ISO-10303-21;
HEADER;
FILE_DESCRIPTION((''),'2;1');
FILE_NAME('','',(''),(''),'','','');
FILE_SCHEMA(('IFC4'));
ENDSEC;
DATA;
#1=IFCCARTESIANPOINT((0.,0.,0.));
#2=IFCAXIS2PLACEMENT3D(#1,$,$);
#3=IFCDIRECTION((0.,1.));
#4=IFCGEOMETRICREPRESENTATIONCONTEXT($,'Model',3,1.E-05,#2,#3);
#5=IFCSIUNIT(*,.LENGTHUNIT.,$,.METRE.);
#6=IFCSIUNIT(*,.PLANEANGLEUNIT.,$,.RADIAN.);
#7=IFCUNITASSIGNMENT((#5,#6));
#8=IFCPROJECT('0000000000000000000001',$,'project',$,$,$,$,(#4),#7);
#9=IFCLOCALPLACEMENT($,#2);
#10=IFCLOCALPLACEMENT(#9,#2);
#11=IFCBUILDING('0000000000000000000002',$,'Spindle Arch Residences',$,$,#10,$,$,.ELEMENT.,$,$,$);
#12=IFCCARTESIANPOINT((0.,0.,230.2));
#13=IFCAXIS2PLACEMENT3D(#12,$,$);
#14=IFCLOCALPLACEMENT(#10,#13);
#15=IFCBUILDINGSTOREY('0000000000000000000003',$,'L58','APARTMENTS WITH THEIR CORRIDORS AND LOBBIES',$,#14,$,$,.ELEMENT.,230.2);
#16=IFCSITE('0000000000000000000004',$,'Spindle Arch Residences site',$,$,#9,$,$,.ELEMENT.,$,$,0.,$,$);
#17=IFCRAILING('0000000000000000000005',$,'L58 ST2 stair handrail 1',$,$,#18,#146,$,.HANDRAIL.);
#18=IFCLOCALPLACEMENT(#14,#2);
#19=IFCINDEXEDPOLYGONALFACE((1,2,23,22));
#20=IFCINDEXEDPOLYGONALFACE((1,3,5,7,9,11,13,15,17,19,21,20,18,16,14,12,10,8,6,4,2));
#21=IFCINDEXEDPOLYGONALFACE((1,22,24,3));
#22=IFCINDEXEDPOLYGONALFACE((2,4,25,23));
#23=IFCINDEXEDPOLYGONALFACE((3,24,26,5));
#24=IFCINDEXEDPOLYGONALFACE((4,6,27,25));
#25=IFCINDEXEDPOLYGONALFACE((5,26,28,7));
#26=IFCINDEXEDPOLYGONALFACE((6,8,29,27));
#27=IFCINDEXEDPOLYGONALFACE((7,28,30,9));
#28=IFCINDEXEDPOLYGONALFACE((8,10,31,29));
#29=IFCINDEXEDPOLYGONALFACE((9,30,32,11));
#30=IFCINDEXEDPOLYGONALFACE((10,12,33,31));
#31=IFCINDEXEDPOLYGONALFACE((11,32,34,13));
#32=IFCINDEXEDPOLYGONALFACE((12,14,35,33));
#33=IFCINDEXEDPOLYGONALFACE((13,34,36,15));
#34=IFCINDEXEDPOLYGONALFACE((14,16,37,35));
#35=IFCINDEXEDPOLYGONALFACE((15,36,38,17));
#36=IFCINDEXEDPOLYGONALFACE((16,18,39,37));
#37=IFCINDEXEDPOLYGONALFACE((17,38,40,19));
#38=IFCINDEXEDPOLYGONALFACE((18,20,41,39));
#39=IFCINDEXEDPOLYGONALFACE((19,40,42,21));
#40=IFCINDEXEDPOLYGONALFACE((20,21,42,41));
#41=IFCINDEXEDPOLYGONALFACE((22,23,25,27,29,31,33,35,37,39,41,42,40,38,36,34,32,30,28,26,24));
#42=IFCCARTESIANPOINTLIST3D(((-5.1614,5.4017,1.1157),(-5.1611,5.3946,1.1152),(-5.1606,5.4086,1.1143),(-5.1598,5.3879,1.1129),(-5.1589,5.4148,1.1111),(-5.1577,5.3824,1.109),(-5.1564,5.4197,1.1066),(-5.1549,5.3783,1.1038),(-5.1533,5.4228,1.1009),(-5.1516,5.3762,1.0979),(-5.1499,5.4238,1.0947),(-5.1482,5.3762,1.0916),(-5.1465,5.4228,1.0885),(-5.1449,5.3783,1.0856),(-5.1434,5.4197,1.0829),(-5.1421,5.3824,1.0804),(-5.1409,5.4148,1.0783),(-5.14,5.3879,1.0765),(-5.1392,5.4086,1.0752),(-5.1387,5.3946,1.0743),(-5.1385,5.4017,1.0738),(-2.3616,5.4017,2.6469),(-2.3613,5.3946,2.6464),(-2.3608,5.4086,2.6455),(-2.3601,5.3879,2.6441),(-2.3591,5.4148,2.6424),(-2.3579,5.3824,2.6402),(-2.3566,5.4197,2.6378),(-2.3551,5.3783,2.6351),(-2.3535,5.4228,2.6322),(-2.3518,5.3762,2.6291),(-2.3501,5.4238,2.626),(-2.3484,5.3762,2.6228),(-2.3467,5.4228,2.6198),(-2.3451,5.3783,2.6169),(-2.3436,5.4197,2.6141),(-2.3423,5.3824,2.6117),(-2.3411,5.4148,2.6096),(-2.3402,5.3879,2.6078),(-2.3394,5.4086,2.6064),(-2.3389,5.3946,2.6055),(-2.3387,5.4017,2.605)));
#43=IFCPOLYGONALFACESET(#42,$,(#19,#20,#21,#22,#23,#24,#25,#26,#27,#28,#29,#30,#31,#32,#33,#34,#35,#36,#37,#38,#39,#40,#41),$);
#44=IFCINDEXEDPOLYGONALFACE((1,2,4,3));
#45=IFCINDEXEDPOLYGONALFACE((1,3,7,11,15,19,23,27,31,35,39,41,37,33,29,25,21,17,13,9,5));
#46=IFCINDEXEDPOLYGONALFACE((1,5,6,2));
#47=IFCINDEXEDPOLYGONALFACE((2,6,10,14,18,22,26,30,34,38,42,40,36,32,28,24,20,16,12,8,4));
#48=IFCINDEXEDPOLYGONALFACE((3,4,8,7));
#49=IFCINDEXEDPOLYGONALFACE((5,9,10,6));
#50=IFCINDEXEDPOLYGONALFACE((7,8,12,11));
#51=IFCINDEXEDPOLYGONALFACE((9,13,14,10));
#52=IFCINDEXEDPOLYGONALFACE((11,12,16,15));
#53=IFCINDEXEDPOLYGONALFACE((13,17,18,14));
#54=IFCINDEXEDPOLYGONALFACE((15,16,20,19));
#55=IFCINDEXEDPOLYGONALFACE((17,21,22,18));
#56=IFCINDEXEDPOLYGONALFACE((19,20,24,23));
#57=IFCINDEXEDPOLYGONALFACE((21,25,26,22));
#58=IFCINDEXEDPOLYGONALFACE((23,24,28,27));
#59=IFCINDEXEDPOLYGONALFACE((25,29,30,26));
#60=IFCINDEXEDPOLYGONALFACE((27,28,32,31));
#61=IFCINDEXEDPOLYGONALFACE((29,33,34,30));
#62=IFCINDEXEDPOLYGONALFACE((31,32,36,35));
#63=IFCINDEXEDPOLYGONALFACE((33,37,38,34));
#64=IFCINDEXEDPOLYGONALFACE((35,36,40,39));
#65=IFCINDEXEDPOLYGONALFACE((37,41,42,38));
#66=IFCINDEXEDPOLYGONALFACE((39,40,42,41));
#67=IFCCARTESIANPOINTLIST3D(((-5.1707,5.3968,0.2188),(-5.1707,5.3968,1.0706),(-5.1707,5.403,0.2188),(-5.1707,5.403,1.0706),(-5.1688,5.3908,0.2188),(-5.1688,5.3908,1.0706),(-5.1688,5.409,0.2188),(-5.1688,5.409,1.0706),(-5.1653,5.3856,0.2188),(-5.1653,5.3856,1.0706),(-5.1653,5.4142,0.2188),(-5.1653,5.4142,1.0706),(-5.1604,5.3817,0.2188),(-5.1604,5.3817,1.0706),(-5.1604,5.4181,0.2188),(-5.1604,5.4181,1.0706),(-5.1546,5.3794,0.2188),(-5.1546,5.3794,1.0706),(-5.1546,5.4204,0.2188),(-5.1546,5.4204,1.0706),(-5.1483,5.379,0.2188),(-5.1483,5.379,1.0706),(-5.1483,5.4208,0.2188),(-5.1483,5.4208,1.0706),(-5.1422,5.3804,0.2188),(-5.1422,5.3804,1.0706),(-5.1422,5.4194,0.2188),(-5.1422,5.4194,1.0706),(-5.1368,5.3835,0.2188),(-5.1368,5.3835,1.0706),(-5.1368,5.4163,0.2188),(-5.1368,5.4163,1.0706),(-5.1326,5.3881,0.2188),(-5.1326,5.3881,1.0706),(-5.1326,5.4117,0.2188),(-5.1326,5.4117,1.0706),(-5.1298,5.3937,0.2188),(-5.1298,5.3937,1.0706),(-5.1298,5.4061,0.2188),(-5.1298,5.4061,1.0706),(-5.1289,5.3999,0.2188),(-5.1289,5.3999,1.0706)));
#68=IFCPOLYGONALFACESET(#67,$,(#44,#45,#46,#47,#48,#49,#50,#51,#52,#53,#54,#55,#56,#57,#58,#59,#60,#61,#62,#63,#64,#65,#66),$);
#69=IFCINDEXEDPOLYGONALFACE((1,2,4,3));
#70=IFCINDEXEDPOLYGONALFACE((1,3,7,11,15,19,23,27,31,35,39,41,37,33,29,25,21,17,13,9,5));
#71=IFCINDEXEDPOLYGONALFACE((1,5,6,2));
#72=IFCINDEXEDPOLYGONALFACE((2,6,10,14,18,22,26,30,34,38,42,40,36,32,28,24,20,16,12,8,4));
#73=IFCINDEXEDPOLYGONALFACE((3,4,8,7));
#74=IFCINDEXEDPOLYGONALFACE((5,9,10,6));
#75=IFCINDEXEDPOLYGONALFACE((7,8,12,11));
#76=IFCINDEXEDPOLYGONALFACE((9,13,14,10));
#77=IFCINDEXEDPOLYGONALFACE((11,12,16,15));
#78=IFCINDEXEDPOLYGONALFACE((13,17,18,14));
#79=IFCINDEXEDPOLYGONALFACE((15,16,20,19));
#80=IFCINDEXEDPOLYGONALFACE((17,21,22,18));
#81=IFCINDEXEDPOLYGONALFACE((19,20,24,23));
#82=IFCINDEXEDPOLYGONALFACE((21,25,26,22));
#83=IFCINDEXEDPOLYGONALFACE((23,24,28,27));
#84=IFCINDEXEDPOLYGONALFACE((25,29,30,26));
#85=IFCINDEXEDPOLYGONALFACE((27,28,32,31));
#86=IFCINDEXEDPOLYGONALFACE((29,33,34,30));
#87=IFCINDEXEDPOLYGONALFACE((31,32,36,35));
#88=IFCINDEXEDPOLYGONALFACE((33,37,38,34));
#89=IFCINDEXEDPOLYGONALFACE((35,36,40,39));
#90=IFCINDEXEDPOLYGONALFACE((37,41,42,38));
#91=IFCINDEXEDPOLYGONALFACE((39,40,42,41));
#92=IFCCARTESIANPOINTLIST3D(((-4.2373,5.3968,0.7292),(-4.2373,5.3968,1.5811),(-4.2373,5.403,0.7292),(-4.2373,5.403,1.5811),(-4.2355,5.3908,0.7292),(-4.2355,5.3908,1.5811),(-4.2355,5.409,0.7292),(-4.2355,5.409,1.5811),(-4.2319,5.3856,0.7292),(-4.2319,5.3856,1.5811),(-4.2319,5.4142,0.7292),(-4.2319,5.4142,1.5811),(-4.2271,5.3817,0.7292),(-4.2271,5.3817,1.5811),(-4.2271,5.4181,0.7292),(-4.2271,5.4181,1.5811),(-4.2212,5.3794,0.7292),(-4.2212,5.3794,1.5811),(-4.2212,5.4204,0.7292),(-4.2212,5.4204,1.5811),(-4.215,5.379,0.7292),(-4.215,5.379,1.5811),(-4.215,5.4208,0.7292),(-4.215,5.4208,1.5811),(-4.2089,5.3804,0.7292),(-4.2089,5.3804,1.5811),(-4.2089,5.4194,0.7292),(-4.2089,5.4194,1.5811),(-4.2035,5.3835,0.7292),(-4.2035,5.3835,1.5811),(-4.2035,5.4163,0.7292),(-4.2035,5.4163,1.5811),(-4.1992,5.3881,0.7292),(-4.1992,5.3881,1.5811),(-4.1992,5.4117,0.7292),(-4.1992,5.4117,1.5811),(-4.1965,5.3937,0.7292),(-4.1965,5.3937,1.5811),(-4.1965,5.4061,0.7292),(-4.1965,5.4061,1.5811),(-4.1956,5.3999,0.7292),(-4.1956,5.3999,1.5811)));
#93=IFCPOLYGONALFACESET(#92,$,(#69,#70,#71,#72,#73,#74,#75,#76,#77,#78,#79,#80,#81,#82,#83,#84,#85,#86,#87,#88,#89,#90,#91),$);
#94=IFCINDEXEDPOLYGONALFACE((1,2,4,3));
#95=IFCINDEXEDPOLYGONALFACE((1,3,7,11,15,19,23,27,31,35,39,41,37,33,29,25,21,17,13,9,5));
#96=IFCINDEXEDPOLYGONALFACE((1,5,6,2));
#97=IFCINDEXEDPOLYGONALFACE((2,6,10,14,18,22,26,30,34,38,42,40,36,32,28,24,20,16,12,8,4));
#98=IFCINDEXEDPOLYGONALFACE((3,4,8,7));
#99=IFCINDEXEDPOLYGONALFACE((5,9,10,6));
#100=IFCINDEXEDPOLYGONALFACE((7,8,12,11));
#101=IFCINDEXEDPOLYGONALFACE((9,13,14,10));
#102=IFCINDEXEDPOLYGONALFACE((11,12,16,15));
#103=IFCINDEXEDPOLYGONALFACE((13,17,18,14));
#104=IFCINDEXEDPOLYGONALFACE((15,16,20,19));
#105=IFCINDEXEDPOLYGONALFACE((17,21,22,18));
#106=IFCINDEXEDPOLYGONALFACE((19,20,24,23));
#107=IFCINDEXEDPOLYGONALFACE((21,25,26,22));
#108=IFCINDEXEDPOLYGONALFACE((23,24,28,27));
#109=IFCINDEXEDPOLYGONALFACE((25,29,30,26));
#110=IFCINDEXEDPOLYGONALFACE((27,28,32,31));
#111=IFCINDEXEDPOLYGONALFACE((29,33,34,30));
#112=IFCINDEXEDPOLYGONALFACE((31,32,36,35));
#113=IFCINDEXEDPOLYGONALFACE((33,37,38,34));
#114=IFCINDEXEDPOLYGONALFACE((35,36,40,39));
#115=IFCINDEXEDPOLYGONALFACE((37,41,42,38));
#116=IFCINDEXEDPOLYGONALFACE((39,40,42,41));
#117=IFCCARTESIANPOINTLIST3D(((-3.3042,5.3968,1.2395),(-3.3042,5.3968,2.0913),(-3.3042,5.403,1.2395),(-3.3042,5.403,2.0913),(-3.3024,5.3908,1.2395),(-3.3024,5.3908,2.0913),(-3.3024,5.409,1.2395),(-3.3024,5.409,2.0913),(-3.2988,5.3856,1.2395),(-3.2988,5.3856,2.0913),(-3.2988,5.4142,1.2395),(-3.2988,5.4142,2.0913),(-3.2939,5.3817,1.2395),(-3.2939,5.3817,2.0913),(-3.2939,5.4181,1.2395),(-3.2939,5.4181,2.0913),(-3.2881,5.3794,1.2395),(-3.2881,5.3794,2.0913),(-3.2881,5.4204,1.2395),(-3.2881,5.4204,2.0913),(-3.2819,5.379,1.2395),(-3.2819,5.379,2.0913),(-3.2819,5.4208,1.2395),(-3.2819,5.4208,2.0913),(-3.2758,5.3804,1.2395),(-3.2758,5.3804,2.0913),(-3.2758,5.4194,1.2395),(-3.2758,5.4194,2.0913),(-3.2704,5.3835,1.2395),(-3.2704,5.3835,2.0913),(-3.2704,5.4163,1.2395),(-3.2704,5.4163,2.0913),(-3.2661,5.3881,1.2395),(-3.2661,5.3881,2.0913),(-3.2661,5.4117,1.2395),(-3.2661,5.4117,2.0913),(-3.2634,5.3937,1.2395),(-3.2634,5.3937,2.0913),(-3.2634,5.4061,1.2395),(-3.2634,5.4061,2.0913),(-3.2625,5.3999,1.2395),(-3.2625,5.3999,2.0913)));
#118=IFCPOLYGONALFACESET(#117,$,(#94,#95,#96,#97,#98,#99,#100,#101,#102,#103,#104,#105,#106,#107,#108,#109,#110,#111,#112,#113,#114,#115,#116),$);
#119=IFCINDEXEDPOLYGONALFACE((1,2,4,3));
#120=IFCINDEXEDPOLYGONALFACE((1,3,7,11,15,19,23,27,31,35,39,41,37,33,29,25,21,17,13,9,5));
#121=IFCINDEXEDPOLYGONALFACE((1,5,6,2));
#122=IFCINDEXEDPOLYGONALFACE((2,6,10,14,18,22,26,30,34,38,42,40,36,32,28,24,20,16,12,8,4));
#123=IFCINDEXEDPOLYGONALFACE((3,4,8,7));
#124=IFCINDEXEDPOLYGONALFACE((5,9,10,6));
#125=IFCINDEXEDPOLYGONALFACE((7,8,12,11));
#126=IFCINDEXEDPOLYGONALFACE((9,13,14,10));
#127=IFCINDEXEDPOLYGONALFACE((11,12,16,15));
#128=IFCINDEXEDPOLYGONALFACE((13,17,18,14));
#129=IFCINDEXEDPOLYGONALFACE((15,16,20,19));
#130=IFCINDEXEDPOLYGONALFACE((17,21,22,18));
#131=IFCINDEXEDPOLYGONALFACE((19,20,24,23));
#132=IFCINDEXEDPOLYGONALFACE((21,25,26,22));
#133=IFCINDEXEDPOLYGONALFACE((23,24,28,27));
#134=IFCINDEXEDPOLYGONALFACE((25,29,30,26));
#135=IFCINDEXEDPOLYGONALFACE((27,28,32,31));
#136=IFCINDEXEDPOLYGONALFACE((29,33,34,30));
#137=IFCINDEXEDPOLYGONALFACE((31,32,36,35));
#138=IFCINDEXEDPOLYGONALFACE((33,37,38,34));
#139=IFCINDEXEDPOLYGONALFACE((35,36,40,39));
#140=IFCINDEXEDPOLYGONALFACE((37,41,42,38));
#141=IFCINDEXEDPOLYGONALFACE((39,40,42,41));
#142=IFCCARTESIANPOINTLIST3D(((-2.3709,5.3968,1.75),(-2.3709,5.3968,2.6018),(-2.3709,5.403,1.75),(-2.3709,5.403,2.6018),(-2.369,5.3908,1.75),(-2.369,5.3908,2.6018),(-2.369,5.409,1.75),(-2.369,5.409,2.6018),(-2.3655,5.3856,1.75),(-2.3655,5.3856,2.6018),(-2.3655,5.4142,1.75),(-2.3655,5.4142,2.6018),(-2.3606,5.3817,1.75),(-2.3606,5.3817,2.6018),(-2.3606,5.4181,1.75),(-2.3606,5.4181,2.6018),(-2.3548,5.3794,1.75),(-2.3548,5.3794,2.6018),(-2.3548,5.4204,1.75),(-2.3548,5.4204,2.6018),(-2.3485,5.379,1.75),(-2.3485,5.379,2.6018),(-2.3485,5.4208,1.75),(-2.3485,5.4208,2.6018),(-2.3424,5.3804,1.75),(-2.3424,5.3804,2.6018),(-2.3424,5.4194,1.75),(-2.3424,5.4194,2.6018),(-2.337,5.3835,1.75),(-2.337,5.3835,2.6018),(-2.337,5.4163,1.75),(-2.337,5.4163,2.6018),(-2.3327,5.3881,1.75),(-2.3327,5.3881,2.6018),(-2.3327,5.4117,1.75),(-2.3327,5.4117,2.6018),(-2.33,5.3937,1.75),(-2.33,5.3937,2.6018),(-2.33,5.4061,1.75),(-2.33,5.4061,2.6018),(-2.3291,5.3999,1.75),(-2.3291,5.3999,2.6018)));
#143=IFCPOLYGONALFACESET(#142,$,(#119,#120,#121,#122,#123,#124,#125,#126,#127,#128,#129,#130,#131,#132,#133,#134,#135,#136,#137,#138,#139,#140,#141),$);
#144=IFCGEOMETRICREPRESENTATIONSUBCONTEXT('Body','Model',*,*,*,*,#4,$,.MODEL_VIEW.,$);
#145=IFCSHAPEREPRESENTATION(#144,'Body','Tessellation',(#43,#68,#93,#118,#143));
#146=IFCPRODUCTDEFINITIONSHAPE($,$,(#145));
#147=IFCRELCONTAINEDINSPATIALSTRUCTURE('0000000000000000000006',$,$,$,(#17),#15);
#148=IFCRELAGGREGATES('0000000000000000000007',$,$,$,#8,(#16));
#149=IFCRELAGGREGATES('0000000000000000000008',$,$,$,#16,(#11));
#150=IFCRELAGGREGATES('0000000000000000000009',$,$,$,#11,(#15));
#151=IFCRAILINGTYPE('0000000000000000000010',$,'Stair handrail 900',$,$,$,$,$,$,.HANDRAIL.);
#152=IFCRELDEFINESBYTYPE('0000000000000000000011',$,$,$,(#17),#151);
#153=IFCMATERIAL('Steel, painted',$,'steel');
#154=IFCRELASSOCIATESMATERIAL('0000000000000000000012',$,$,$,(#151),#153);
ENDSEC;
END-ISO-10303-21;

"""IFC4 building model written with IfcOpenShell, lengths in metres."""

from ifc_helpers import new_model, si_unit, direction, frame, origin, origin_2d, place, context, subcontext, project, spatial, circle, extrude, material, type_object, element, save


model = new_model("IFC4")

# Units and contexts
model_context = context("Model", 3, precision=1e-05, world=origin(), true_north=direction((0.0, 1.0)))
body_context = subcontext(model_context, "Body", "Model", "MODEL_VIEW")
ifc_project = project(units=[si_unit("LENGTHUNIT", "METRE"), si_unit("PLANEANGLEUNIT", "RADIAN")], contexts=[model_context])

# Site, building, storey
site_placement = place(None, origin())
site = spatial("IfcSite", under=ifc_project, at=site_placement, Name="Spindle Arch Residences site", CompositionType="ELEMENT", RefElevation=0.0)
building_placement = place(site_placement, origin())
building = spatial("IfcBuilding", under=site, at=building_placement, Name="Spindle Arch Residences", CompositionType="ELEMENT")
storey_placement = place(building_placement, frame((0.0, 0.0, 230.2)))
storey = spatial("IfcBuildingStorey", under=building, at=storey_placement, Name="L58", Description="APARTMENTS WITH THEIR CORRIDORS AND LOBBIES", CompositionType="ELEMENT", Elevation=230.2)

# Railing
ifc_material_1 = material(Name="Steel, painted", Category="steel")
railing_type_1 = type_object("IfcRailingType", Name="Stair handrail 900", PredefinedType="HANDRAIL", material=ifc_material_1)
railing_1_placement = place(storey_placement, frame((-5.1499, 5.3999, 0.2188)))
element("IfcRailing", 1, at=railing_1_placement, inside=storey, type_object=railing_type_1, Name="L58 ST2 stair handrail 1", PredefinedType="HANDRAIL", context=body_context, shape_type="SweptSolid", body=[
    extrude(circle(Radius=0.0239, at=origin_2d()), frame((0.0, 0.0, 0.876), z_axis=(0.877357, 0.0, 0.479838), x_axis=(0.0, 1.0, 0.0)), (0.0, 0.0, 1.0), 3.1912),
    extrude(circle(Radius=0.021, at=origin_2d()), origin(), (0.0, 0.0, 1.0), 0.8518),
    extrude(circle(Radius=0.021, at=origin_2d()), frame((0.9333, 0.0, 0.5105)), (0.0, 0.0, 1.0), 0.8518),
    extrude(circle(Radius=0.021, at=origin_2d()), frame((1.8665, 0.0, 1.0208)), (0.0, 0.0, 1.0), 0.8518),
    extrude(circle(Radius=0.021, at=origin_2d()), frame((2.7998, 0.0, 1.5312)), (0.0, 0.0, 1.0), 0.8518),
])

save(model, "model.ifc")
